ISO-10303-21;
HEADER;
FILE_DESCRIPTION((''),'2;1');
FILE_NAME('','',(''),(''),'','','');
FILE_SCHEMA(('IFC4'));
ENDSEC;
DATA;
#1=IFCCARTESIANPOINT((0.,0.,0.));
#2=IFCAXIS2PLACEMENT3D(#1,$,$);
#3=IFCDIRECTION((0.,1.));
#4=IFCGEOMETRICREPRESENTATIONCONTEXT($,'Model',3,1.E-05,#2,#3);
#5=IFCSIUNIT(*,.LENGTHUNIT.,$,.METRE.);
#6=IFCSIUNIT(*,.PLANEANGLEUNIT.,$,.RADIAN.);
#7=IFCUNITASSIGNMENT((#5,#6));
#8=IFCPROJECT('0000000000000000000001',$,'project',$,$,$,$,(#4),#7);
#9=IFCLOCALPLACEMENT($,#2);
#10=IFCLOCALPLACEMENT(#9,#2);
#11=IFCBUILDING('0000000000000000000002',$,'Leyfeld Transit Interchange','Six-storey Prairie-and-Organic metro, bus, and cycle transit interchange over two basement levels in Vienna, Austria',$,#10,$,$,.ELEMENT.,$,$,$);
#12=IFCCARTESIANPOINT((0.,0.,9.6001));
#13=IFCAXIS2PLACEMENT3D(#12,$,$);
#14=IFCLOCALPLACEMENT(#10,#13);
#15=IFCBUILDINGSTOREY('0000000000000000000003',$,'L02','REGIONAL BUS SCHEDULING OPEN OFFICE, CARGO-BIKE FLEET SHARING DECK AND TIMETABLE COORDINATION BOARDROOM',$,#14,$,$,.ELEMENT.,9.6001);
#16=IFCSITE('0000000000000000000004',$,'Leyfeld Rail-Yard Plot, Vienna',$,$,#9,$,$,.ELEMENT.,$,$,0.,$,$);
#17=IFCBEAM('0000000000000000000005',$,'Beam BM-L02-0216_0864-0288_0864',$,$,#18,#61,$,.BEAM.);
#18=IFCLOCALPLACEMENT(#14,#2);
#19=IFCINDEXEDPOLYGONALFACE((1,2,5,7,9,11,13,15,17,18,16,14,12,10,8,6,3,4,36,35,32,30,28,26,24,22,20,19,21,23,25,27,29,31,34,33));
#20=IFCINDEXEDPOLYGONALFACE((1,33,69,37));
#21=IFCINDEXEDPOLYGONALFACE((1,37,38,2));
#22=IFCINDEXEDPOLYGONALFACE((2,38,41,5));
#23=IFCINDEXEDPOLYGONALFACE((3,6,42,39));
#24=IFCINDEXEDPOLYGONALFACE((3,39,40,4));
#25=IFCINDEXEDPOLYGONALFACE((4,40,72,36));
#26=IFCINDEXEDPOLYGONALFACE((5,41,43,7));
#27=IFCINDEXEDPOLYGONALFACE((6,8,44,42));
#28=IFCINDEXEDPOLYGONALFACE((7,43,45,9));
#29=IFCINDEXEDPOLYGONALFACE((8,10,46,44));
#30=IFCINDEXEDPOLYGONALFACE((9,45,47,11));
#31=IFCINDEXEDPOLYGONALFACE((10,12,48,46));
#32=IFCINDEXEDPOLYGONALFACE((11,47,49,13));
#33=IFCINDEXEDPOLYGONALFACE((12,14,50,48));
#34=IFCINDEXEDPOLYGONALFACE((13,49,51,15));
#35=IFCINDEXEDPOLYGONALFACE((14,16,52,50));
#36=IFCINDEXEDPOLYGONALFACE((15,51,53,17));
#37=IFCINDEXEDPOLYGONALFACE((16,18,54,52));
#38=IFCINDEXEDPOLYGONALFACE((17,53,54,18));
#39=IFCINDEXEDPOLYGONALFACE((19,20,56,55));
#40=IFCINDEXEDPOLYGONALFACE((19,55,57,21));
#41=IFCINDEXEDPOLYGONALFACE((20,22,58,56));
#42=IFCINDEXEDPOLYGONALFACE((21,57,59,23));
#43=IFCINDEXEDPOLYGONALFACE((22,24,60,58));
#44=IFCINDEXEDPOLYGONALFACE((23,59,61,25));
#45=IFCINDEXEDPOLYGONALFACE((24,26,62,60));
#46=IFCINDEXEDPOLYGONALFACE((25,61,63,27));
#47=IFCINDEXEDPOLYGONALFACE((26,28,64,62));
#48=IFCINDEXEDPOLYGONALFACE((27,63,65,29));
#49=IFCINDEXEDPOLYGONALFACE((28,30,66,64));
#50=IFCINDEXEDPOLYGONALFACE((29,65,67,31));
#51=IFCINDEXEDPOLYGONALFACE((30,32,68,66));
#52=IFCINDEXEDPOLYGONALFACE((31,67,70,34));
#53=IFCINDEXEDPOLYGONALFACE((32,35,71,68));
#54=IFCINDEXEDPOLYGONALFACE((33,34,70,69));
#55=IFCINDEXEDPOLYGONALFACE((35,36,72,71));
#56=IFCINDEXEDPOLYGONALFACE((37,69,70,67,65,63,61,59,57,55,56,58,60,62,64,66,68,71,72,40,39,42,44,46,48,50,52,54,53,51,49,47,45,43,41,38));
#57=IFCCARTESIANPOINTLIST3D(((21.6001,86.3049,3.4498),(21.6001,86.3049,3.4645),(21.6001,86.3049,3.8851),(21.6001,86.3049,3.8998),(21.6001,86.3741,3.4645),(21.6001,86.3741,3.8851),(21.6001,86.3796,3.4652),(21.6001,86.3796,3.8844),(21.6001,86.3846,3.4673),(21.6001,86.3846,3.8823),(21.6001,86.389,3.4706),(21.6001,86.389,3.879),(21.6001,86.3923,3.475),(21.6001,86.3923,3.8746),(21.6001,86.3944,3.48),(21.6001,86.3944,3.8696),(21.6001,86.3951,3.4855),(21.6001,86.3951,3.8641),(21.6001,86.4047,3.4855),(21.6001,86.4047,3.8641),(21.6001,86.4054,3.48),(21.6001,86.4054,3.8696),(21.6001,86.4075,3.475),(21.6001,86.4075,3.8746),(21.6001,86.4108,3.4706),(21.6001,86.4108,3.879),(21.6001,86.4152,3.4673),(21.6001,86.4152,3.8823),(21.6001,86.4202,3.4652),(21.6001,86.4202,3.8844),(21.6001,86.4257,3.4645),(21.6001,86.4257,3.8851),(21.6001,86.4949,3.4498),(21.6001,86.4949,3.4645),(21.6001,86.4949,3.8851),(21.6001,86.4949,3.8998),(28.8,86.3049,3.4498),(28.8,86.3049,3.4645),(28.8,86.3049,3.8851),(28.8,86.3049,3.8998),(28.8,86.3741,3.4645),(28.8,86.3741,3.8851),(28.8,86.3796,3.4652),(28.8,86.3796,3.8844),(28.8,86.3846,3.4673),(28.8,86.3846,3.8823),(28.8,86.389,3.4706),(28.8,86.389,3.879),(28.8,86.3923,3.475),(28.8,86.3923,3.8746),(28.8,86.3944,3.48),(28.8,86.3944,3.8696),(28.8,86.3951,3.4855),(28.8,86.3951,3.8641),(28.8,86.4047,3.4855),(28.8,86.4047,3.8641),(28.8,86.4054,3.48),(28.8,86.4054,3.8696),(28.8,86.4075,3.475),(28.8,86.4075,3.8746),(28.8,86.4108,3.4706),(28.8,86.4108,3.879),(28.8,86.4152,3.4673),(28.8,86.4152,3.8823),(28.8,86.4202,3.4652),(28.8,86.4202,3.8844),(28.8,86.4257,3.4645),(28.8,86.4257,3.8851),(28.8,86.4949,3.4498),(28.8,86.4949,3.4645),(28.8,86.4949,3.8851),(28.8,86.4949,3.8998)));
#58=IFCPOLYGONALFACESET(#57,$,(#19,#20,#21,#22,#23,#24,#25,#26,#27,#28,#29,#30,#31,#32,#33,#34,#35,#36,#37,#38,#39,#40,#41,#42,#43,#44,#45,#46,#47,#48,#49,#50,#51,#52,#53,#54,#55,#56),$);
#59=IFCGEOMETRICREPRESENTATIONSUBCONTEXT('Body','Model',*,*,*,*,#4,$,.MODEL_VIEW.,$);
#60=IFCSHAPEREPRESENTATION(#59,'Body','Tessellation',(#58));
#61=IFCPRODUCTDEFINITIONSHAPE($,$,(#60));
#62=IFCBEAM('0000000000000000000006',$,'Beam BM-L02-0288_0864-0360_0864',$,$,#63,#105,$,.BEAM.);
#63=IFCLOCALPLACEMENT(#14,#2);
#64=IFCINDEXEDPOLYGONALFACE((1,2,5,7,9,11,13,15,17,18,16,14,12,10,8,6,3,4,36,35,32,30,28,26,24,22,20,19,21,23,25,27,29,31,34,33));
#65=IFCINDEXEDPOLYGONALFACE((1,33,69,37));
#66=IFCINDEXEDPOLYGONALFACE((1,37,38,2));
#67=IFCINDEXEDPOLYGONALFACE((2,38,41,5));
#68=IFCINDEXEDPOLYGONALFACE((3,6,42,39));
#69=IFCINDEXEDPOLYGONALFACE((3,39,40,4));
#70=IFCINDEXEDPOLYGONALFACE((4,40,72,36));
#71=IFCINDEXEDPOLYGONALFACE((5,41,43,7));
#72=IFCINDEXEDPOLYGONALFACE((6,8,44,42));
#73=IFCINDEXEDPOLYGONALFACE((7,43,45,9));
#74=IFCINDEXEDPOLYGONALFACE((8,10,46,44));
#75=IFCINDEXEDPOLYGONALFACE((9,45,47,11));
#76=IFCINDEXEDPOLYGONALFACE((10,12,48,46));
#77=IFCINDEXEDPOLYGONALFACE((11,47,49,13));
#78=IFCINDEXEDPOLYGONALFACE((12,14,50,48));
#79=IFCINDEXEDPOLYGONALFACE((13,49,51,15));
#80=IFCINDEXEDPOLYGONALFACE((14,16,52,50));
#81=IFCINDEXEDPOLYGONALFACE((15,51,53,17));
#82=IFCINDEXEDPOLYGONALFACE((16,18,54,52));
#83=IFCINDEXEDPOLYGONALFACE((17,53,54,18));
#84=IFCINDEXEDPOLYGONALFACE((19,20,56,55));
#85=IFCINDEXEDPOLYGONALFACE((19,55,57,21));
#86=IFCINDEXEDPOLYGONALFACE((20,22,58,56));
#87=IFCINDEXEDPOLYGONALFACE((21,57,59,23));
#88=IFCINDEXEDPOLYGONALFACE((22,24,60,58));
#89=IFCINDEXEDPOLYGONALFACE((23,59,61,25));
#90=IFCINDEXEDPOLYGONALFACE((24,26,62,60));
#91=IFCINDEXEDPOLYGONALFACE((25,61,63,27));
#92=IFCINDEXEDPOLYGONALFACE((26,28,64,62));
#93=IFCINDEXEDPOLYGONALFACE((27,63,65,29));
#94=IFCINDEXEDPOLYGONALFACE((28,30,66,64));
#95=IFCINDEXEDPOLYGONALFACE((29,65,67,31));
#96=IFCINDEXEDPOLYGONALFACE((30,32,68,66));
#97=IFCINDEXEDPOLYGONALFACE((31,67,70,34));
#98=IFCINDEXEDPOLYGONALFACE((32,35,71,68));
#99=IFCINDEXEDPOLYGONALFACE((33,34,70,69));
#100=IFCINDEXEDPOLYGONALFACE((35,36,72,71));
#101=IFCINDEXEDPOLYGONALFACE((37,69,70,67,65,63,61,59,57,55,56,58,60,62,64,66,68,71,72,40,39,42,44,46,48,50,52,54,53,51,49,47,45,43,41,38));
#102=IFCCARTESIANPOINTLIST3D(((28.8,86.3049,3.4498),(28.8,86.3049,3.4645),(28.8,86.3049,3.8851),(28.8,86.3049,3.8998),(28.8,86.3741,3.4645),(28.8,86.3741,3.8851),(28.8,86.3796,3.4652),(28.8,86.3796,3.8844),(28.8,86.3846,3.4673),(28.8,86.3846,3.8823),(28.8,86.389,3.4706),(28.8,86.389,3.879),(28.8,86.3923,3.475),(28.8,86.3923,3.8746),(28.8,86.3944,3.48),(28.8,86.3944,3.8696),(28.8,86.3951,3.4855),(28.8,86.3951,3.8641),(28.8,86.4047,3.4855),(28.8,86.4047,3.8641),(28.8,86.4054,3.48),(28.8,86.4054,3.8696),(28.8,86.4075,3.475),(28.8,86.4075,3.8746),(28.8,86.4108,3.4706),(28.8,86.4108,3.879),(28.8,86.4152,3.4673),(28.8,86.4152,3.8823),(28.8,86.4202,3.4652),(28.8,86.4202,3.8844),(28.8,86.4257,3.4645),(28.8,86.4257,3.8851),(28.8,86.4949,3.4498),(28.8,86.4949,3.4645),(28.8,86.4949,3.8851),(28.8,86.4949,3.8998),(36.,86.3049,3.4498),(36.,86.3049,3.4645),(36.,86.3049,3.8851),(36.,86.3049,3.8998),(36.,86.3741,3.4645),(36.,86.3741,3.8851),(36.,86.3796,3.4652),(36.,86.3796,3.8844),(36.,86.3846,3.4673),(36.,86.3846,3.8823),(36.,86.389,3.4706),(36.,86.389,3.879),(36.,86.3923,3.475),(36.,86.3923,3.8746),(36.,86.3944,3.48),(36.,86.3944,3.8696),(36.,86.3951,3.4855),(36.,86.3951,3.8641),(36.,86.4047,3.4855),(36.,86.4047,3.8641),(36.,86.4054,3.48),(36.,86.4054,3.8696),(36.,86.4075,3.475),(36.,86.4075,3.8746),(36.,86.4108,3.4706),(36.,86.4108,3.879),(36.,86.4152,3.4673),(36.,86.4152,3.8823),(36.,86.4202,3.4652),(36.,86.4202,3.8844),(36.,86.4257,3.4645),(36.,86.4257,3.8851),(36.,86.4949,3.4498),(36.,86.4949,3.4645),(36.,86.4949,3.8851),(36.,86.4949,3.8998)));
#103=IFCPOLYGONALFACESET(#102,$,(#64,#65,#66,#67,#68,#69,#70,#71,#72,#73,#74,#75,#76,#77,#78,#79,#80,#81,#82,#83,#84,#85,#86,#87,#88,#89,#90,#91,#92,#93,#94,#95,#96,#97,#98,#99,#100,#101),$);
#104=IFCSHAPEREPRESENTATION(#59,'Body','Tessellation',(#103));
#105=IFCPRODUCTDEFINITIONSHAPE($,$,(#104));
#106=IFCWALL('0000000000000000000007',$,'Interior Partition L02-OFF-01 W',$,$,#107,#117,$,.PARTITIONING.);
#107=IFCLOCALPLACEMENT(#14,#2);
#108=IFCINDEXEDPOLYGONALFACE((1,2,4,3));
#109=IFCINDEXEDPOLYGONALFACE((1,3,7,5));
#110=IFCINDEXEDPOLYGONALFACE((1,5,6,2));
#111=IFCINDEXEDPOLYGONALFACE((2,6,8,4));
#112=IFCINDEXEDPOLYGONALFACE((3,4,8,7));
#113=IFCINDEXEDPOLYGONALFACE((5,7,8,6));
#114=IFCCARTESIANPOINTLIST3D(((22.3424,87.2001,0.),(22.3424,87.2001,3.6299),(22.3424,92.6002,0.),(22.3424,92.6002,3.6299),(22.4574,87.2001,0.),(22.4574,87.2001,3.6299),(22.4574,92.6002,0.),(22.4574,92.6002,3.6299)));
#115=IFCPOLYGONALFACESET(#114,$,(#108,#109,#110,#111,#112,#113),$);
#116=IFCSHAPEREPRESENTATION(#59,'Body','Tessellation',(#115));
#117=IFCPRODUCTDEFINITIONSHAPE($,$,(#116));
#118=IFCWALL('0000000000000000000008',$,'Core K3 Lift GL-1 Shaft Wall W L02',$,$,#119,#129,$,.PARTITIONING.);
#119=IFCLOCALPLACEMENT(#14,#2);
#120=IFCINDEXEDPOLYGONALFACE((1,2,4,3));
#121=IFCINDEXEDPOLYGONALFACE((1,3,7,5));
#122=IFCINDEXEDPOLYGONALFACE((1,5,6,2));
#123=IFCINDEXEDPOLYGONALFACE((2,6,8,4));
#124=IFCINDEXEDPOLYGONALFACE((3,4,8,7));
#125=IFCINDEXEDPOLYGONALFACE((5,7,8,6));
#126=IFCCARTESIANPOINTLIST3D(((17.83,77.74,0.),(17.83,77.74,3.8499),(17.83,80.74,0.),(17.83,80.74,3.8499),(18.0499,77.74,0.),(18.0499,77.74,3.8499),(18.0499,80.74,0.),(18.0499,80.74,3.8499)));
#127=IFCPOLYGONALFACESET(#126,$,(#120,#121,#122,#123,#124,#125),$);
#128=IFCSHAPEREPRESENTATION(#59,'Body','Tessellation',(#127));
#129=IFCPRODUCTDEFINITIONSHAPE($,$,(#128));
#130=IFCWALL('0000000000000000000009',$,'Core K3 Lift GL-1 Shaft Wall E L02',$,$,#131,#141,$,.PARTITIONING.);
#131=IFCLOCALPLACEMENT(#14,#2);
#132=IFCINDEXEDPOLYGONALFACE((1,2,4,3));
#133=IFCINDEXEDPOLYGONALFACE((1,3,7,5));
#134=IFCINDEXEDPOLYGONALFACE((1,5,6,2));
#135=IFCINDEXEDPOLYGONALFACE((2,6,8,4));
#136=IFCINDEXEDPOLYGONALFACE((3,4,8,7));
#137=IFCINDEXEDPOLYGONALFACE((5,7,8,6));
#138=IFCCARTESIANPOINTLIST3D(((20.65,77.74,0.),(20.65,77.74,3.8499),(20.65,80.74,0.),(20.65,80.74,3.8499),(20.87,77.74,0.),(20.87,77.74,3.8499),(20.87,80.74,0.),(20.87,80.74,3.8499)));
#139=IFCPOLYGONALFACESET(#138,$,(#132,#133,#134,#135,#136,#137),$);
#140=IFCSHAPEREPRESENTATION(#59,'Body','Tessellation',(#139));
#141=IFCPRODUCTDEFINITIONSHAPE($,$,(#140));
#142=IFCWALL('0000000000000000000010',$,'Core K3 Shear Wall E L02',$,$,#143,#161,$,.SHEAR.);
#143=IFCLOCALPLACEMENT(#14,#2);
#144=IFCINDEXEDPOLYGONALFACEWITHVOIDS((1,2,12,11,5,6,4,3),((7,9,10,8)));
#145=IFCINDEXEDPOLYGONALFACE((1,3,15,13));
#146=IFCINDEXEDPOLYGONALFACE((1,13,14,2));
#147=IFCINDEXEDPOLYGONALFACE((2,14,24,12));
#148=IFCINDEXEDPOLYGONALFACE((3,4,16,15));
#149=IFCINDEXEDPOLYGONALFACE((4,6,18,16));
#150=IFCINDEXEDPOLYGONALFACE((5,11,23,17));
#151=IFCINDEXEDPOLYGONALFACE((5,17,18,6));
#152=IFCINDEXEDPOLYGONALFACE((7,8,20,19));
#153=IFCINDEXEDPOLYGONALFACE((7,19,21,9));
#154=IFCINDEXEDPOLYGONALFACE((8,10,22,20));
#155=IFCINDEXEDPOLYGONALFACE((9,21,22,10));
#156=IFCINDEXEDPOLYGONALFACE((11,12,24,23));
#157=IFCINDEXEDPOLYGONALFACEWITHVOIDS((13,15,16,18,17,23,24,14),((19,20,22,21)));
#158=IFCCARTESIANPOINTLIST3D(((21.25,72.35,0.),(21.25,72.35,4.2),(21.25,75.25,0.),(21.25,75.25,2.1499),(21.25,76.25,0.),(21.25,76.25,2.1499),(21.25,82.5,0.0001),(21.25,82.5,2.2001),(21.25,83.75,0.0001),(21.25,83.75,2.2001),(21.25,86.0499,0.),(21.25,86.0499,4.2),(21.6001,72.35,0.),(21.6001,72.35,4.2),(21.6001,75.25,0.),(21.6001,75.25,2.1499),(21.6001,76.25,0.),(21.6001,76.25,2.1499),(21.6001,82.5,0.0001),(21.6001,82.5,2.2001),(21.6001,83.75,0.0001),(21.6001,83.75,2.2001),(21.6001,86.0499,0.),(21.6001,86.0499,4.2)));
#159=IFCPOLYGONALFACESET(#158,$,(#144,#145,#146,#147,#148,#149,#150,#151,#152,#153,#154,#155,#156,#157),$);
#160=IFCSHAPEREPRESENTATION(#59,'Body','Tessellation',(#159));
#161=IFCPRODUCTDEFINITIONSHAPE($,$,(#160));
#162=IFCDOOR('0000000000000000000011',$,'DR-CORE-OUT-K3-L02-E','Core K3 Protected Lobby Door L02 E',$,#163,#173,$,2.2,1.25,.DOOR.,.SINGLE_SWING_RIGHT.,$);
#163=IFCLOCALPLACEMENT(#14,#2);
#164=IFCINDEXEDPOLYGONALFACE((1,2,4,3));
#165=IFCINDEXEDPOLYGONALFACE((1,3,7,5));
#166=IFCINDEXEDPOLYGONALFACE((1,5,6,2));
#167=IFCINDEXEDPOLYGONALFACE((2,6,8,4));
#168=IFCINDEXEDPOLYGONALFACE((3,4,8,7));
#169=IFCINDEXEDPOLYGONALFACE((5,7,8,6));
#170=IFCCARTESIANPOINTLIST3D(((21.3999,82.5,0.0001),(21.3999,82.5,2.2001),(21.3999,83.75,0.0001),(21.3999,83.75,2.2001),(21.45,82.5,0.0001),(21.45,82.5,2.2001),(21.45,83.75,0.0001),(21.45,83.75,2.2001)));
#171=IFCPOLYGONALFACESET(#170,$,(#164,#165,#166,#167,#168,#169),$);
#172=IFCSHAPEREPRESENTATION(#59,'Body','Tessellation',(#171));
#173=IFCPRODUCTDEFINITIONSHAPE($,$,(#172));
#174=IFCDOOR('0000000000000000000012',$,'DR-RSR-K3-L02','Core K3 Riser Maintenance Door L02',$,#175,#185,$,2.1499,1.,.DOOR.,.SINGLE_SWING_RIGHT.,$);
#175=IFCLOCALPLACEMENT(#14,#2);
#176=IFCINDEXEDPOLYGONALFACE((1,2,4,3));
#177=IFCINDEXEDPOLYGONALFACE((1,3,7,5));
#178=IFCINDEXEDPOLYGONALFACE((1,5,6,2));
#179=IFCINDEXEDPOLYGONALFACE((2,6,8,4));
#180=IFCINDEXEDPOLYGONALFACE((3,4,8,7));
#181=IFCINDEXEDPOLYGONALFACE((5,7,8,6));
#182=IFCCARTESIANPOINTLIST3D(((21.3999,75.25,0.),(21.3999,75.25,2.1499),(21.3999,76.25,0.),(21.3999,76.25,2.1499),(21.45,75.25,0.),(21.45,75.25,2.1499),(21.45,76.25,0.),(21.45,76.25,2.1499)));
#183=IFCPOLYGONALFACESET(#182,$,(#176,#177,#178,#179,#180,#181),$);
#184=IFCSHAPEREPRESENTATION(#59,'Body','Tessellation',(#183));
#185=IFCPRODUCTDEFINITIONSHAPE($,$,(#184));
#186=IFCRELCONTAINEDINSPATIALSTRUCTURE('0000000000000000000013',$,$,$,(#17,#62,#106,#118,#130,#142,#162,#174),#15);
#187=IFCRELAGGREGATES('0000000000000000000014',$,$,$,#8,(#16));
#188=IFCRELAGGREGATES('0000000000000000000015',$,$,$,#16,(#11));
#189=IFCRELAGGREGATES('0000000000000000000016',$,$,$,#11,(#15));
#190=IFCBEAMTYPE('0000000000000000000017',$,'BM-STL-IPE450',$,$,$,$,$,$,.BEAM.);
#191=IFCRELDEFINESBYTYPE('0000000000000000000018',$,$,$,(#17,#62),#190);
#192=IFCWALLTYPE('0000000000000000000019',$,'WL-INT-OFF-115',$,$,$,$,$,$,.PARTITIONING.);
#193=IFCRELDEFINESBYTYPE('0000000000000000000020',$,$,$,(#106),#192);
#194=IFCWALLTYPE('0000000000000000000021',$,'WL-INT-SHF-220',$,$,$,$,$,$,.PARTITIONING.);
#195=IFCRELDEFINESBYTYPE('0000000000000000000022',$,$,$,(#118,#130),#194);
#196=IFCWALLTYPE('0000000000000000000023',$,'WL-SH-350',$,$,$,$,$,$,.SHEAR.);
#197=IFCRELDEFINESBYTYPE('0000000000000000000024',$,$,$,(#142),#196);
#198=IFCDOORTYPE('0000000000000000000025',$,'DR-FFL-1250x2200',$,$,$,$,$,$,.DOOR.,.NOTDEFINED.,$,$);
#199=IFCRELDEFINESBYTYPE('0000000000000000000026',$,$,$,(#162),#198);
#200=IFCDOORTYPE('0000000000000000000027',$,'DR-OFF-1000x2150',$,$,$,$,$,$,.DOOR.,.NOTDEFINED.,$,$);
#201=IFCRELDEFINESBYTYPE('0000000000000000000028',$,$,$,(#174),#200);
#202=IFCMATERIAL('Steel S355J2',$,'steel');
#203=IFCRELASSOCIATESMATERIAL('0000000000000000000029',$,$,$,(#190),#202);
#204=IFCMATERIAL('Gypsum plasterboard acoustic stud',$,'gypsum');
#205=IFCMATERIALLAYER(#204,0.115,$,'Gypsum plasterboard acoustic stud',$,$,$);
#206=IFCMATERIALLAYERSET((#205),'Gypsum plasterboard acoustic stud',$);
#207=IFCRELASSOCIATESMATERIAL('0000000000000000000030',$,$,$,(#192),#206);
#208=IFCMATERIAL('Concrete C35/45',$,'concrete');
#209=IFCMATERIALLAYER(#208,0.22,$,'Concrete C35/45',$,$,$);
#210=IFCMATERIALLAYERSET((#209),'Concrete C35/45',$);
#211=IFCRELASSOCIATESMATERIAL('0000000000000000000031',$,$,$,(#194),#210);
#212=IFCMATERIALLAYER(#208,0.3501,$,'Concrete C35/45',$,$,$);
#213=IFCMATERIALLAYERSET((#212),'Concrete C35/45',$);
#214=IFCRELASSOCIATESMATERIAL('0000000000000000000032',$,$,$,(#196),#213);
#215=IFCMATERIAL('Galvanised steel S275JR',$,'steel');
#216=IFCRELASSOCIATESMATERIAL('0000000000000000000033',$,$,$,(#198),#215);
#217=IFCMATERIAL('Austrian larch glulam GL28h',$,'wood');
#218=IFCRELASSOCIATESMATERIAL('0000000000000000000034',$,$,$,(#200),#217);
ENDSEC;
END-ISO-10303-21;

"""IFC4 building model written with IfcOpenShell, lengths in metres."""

from ifc_helpers import new_model, si_unit, direction, frame, frame_2d, origin, origin_2d, place, context, subcontext, project, spatial, rectangle, i_section, extrude, material, layer, layer_set, material_profile, profile_set, type_object, element, fill, save


model = new_model("IFC4")

# Units and contexts
model_context = context("Model", 3, precision=1e-05, world=origin(), true_north=direction((0.0, 1.0)))
body_context = subcontext(model_context, "Body", "Model", "MODEL_VIEW")
ifc_project = project(units=[si_unit("LENGTHUNIT", "METRE"), si_unit("PLANEANGLEUNIT", "RADIAN")], contexts=[model_context])

# Site, building, storey
site_placement = place(None, origin())
site = spatial("IfcSite", under=ifc_project, at=site_placement, Name="Leyfeld Rail-Yard Plot, Vienna", CompositionType="ELEMENT", RefElevation=0.0)
building_placement = place(site_placement, origin())
building = spatial("IfcBuilding", under=site, at=building_placement, Name="Leyfeld Transit Interchange", Description="Six-storey Prairie-and-Organic metro, bus, and cycle transit interchange over two basement levels in Vienna, Austria", CompositionType="ELEMENT")
storey_placement = place(building_placement, frame((0.0, 0.0, 9.6001)))
storey = spatial("IfcBuildingStorey", under=building, at=storey_placement, Name="L02", Description="REGIONAL BUS SCHEDULING OPEN OFFICE, CARGO-BIKE FLEET SHARING DECK AND TIMETABLE COORDINATION BOARDROOM", CompositionType="ELEMENT", Elevation=9.6001)

# Shared definitions
ifc_material_1 = material(Name="Concrete C35/45", Category="concrete")

# Beams
ifc_material_2 = material(Name="Steel S355J2", Category="steel")
ifc_material_profile_1 = material_profile(ifc_material_2, i_section(OverallWidth=0.1899, OverallDepth=0.45, WebThickness=0.0095, FlangeThickness=0.0146, FilletRadius=0.021, at=origin_2d()), Name="IPE 450")
ifc_profile_set_1 = profile_set([ifc_material_profile_1], Name="Steel S355J2")
beam_type_1 = type_object("IfcBeamType", Name="BM-STL-IPE450", PredefinedType="BEAM", material=ifc_profile_set_1)
for number, where, z_axis, x_axis, name in (
    (1, (21.6001, 86.3999, 3.6748), (1.0, 0.0, 0.0), (0.0, 1.0, 0.0), "Beam BM-L02-0216_0864-0288_0864"),
    (2, (28.8, 86.3999, 3.6748), (1.0, 0.0, 0.0), (0.0, 1.0, 0.0), "Beam BM-L02-0288_0864-0360_0864"),
):
    element("IfcBeam", number, at=place(storey_placement, frame(where, z_axis=z_axis, x_axis=x_axis)), inside=storey, type_object=beam_type_1, Name=name, PredefinedType="BEAM", context=body_context, shape_type="SweptSolid", body=[
        extrude(i_section(OverallWidth=0.1899, OverallDepth=0.45, WebThickness=0.0095, FlangeThickness=0.0146, FilletRadius=0.021, at=origin_2d()), origin(), (0.0, 0.0, 1.0), 7.2),
    ])

# Walls
ifc_material_3 = material(Name="Gypsum plasterboard acoustic stud", Category="gypsum")
ifc_layer_1 = layer(ifc_material_3, 0.115, Name="Gypsum plasterboard acoustic stud")
ifc_layer_set_1 = layer_set([ifc_layer_1], Name="Gypsum plasterboard acoustic stud")
wall_type_1 = type_object("IfcWallType", Name="WL-INT-OFF-115", PredefinedType="PARTITIONING", material=ifc_layer_set_1)
wall_1_placement = place(storey_placement, frame((22.3999, 87.2, 0.0), z_axis=(0.0, 0.0, 1.0), x_axis=(0.0, 1.0, 0.0)))
element("IfcWall", 3, at=wall_1_placement, inside=storey, type_object=wall_type_1, Name="Interior Partition L02-OFF-01 W", PredefinedType="PARTITIONING", context=body_context, shape_type="SweptSolid", body=[
    extrude(rectangle(XDim=5.4001, YDim=0.115, at=frame_2d((2.7002, 0.0))), origin(), (0.0, 0.0, 1.0), 3.6299),
])
ifc_layer_2 = layer(ifc_material_1, 0.22, Name="Concrete C35/45")
ifc_layer_set_2 = layer_set([ifc_layer_2], Name="Concrete C35/45")
wall_type_2 = type_object("IfcWallType", Name="WL-INT-SHF-220", PredefinedType="PARTITIONING", material=ifc_layer_set_2)
for number, where, z_axis, x_axis, name in (
    (4, (17.9399, 77.74, 0.0), (0.0, 0.0, 1.0), (0.0, 1.0, 0.0), "Core K3 Lift GL-1 Shaft Wall W L02"),
    (5, (20.76, 77.74, 0.0), (0.0, 0.0, 1.0), (0.0, 1.0, 0.0), "Core K3 Lift GL-1 Shaft Wall E L02"),
):
    element("IfcWall", number, at=place(storey_placement, frame(where, z_axis=z_axis, x_axis=x_axis)), inside=storey, type_object=wall_type_2, Name=name, PredefinedType="PARTITIONING", context=body_context, shape_type="SweptSolid", body=[
        extrude(rectangle(XDim=3.0, YDim=0.22, at=frame_2d((1.5, 0.0))), origin(), (0.0, 0.0, 1.0), 3.8499),
    ])

# Wall, openings, doors
ifc_layer_3 = layer(ifc_material_1, 0.3501, Name="Concrete C35/45")
ifc_layer_set_3 = layer_set([ifc_layer_3], Name="Concrete C35/45")
wall_type_3 = type_object("IfcWallType", Name="WL-SH-350", PredefinedType="SHEAR", material=ifc_layer_set_3)
wall_2_placement = place(storey_placement, frame((21.425, 86.05, 0.0), z_axis=(0.0, 0.0, 1.0), x_axis=(0.0, -1.0, 0.0)))
wall_2 = element("IfcWall", 6, at=wall_2_placement, inside=storey, type_object=wall_type_3, Name="Core K3 Shear Wall E L02", PredefinedType="SHEAR", context=body_context, shape_type="SweptSolid", body=[
    extrude(rectangle(XDim=13.7, YDim=0.3501, at=frame_2d((6.8501, 0.0))), origin(), (0.0, 0.0, 1.0), 4.2),
])
opening_1_placement = place(wall_2_placement, frame((9.8, 0.0, 0.0)))
opening_1 = element("IfcOpeningElement", 7, at=opening_1_placement, cuts=wall_2, PredefinedType="OPENING", context=body_context, shape_type="SweptSolid", body=[
    extrude(rectangle(XDim=1.0, YDim=2.1499, at=frame_2d((0.5, 1.075))), frame((0.0, 0.1851, 0.0), z_axis=(0.0, -1.0, 0.0), x_axis=(1.0, 0.0, 0.0)), (0.0, 0.0, 1.0), 0.3701),
])
opening_2_placement = place(wall_2_placement, frame((2.3, 0.0, 0.0)))
opening_2 = element("IfcOpeningElement", 8, at=opening_2_placement, cuts=wall_2, PredefinedType="OPENING", context=body_context, shape_type="SweptSolid", body=[
    extrude(rectangle(XDim=1.25, YDim=2.2, at=frame_2d((0.625, 1.1001))), frame((0.0, 0.1851, 0.0), z_axis=(0.0, -1.0, 0.0), x_axis=(1.0, 0.0, 0.0)), (0.0, 0.0, 1.0), 0.3701),
])
ifc_material_4 = material(Name="Galvanised steel S275JR", Category="steel")
door_type_1 = type_object("IfcDoorType", Name="DR-FFL-1250x2200", OperationType="NOTDEFINED", PredefinedType="DOOR", material=ifc_material_4)
door_1_placement = place(opening_2_placement, origin())
door_1 = element("IfcDoor", 9, at=door_1_placement, inside=storey, type_object=door_type_1, Name="DR-CORE-OUT-K3-L02-E", Description="Core K3 Protected Lobby Door L02 E", OperationType="SINGLE_SWING_RIGHT", OverallHeight=2.2, OverallWidth=1.25, PredefinedType="DOOR", context=body_context, shape_type="SweptSolid", body=[
    extrude(rectangle(XDim=1.25, YDim=2.2, at=frame_2d((0.625, 1.1001))), frame((0.0, 0.0249, 0.0), z_axis=(0.0, -1.0, 0.0), x_axis=(1.0, 0.0, 0.0)), (0.0, 0.0, 1.0), 0.05),
])
fill(opening_2, door_1)
ifc_material_5 = material(Name="Austrian larch glulam GL28h", Category="wood")
door_type_2 = type_object("IfcDoorType", Name="DR-OFF-1000x2150", OperationType="NOTDEFINED", PredefinedType="DOOR", material=ifc_material_5)
door_2_placement = place(opening_1_placement, origin())
door_2 = element("IfcDoor", 10, at=door_2_placement, inside=storey, type_object=door_type_2, Name="DR-RSR-K3-L02", Description="Core K3 Riser Maintenance Door L02", OperationType="SINGLE_SWING_RIGHT", OverallHeight=2.1499, OverallWidth=1.0, PredefinedType="DOOR", context=body_context, shape_type="SweptSolid", body=[
    extrude(rectangle(XDim=1.0, YDim=2.1499, at=frame_2d((0.5, 1.075))), frame((0.0, 0.0249, 0.0), z_axis=(0.0, -1.0, 0.0), x_axis=(1.0, 0.0, 0.0)), (0.0, 0.0, 1.0), 0.05),
])
fill(opening_1, door_2)

save(model, "model.ifc")
